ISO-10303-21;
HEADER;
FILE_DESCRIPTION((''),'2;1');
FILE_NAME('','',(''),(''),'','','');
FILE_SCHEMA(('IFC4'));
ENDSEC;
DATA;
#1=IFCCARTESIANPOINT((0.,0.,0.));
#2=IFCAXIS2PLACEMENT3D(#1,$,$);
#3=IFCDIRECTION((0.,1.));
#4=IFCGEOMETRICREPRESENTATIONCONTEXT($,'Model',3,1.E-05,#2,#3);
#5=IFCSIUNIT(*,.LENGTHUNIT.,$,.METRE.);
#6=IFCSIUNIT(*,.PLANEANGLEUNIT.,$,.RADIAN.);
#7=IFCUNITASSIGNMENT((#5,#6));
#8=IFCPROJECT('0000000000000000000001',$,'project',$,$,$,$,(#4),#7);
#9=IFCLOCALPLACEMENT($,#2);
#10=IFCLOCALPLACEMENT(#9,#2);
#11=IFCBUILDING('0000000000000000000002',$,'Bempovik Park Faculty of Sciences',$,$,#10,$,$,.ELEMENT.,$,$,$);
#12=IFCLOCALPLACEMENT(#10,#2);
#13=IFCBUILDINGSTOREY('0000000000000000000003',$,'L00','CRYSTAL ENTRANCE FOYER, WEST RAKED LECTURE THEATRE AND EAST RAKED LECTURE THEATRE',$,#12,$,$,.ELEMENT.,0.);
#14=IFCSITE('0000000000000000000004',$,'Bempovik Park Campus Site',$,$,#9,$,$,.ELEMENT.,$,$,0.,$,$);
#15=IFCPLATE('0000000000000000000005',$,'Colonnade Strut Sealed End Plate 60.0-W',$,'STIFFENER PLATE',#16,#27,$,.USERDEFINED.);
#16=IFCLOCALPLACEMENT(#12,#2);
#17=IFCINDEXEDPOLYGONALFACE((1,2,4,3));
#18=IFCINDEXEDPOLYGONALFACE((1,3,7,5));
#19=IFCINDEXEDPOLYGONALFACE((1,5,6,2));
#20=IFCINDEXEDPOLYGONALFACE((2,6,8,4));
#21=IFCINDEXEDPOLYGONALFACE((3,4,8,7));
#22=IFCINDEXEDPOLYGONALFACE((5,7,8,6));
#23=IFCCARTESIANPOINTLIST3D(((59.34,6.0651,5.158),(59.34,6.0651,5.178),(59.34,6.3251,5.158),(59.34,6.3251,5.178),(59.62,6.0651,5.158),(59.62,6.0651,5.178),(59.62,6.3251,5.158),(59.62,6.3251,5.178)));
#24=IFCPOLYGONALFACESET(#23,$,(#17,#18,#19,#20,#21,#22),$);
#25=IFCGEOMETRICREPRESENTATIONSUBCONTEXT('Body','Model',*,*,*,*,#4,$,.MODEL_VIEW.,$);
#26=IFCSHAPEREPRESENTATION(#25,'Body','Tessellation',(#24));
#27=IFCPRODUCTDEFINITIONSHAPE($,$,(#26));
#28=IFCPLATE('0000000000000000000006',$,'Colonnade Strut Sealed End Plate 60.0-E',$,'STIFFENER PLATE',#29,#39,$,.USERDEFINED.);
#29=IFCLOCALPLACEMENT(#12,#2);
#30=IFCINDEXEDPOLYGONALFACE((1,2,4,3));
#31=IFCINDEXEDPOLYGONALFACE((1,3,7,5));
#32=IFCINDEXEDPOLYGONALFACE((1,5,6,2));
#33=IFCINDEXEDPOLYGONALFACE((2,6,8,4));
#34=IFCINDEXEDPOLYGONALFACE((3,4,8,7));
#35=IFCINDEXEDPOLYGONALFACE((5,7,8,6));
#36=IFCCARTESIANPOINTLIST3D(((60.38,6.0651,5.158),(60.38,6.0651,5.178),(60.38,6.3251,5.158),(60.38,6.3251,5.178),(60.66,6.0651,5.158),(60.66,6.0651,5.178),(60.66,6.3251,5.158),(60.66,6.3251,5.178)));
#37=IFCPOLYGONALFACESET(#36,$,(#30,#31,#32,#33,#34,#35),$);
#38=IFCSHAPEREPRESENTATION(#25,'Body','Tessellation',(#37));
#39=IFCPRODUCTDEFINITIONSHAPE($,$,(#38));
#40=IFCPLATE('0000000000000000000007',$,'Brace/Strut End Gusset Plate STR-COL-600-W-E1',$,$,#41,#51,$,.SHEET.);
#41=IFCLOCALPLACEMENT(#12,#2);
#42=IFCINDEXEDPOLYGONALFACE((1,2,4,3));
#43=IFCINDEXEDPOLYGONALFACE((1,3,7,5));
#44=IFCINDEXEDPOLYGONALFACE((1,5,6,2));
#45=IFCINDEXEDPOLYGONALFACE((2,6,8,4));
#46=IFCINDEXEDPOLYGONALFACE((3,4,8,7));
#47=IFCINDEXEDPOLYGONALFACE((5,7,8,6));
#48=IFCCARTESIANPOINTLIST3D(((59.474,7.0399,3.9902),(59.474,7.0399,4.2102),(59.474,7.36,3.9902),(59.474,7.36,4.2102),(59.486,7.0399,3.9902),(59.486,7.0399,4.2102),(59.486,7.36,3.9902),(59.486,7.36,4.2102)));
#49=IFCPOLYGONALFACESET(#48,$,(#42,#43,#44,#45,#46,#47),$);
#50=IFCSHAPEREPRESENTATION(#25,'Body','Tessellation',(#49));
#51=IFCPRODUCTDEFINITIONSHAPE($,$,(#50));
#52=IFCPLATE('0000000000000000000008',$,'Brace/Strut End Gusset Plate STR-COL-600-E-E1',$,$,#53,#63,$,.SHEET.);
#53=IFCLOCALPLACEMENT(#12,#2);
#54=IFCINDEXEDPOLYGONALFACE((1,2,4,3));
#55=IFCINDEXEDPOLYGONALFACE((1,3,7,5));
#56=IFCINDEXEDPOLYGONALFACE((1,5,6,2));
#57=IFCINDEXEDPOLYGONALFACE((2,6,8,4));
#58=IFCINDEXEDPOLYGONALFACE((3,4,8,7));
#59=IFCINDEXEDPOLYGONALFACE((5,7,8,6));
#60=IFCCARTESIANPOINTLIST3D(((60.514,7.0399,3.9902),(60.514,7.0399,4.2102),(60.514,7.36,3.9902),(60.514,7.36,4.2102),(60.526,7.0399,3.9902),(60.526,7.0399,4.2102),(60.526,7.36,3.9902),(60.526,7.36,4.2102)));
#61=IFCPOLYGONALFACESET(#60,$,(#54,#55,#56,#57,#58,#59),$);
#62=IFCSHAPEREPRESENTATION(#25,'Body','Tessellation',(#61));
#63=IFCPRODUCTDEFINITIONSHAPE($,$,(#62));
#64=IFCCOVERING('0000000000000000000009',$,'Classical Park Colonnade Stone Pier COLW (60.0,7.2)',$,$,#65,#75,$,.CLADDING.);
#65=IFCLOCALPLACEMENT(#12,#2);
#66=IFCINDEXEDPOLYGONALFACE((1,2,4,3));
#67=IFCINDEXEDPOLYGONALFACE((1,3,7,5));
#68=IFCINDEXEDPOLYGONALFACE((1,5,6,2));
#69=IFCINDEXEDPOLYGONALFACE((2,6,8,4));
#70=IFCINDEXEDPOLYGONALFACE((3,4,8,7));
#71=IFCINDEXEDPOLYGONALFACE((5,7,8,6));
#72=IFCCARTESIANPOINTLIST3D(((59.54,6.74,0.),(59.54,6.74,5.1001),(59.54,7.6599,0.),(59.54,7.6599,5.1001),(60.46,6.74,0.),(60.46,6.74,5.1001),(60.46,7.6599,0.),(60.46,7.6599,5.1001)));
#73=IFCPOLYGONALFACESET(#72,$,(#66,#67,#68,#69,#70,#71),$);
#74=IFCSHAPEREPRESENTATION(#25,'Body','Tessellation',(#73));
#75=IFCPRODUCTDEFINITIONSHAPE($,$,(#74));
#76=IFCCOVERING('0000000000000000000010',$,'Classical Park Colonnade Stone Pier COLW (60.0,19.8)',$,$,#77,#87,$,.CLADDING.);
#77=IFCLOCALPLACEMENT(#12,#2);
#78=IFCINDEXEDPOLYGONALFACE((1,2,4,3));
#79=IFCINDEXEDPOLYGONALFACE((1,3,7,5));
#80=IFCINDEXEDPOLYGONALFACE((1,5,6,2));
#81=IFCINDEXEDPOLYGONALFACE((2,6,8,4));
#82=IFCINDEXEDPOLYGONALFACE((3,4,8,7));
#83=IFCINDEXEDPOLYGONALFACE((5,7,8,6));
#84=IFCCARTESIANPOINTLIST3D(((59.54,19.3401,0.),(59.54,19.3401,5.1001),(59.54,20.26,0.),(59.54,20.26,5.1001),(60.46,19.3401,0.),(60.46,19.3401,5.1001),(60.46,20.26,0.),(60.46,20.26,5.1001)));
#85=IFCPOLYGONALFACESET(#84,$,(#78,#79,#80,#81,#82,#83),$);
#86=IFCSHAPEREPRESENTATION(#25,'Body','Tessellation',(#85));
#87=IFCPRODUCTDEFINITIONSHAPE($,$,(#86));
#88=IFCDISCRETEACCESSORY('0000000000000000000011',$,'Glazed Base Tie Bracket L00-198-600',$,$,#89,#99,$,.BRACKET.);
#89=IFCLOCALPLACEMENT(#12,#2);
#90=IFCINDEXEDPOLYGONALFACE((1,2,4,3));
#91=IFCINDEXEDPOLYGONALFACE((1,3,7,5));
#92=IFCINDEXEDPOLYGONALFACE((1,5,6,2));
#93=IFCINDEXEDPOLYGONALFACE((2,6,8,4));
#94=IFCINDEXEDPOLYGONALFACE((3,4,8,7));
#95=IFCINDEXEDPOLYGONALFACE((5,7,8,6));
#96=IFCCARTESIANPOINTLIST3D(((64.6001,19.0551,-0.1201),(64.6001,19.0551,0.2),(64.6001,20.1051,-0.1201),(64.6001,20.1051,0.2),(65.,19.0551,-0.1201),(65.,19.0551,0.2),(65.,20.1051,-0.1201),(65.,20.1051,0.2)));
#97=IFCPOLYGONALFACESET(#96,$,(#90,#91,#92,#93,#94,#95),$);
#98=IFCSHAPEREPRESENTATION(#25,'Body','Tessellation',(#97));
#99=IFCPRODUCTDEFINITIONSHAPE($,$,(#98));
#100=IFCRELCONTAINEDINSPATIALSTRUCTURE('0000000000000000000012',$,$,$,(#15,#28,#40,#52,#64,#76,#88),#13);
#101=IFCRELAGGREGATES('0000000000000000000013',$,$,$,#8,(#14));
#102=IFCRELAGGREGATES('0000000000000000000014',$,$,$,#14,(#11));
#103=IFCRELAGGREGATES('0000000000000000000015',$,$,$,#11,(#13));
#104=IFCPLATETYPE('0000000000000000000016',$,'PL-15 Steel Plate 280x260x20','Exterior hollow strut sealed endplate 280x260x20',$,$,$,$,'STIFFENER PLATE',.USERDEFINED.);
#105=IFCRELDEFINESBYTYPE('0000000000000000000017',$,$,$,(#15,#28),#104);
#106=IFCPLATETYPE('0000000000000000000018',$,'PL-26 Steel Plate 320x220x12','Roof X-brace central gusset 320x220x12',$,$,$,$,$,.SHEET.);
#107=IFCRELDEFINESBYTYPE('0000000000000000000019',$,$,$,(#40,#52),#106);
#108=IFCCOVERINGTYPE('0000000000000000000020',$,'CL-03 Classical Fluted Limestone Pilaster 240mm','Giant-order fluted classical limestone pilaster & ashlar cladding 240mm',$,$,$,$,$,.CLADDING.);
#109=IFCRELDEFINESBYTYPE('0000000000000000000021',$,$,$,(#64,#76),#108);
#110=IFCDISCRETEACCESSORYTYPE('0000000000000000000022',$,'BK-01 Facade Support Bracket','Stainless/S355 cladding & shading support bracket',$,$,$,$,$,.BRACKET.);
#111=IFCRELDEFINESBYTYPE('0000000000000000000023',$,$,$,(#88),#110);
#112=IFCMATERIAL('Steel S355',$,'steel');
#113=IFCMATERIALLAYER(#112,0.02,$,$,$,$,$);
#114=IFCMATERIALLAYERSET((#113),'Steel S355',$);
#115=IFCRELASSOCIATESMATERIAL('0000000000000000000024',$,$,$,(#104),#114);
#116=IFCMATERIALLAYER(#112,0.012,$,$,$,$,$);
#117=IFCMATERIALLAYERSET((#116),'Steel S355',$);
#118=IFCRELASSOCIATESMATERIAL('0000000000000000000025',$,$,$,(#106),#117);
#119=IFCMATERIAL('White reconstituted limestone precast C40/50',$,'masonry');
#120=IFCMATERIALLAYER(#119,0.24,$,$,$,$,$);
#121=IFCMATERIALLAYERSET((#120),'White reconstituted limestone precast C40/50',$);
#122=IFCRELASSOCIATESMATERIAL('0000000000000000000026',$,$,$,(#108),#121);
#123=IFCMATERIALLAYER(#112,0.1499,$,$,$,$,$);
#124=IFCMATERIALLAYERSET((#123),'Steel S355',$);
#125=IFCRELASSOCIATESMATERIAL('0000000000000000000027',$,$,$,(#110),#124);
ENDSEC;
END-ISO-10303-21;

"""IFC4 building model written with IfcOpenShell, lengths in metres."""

from ifc_helpers import new_model, si_unit, direction, frame, origin, origin_2d, place, context, subcontext, project, spatial, rectangle, extrude, material, layer, layer_set, type_object, element, save


model = new_model("IFC4")

# Units and contexts
model_context = context("Model", 3, precision=1e-05, world=origin(), true_north=direction((0.0, 1.0)))
body_context = subcontext(model_context, "Body", "Model", "MODEL_VIEW")
ifc_project = project(units=[si_unit("LENGTHUNIT", "METRE"), si_unit("PLANEANGLEUNIT", "RADIAN")], contexts=[model_context])

# Site, building, storey
site_placement = place(None, origin())
site = spatial("IfcSite", under=ifc_project, at=site_placement, Name="Bempovik Park Campus Site", CompositionType="ELEMENT", RefElevation=0.0)
building_placement = place(site_placement, origin())
building = spatial("IfcBuilding", under=site, at=building_placement, Name="Bempovik Park Faculty of Sciences", CompositionType="ELEMENT")
storey_placement = place(building_placement, origin())
storey = spatial("IfcBuildingStorey", under=building, at=storey_placement, Name="L00", Description="CRYSTAL ENTRANCE FOYER, WEST RAKED LECTURE THEATRE AND EAST RAKED LECTURE THEATRE", CompositionType="ELEMENT", Elevation=0.0)

# Shared definitions
ifc_material_1 = material(Name="Steel S355", Category="steel")

# Plates
ifc_layer_1 = layer(ifc_material_1, 0.02)
ifc_layer_set_1 = layer_set([ifc_layer_1], Name="Steel S355")
plate_type_1 = type_object("IfcPlateType", Name="PL-15 Steel Plate 280x260x20", Description="Exterior hollow strut sealed endplate 280x260x20", ElementType="STIFFENER PLATE", PredefinedType="USERDEFINED", material=ifc_layer_set_1)
for number, where, z_axis, x_axis, name in (
    (1, (59.48, 6.1951, 5.158), (0.0, 0.0, 1.0), (1.0, 0.0, 0.0), "Colonnade Strut Sealed End Plate 60.0-W"),
    (2, (60.52, 6.1951, 5.158), (0.0, 0.0, 1.0), (1.0, 0.0, 0.0), "Colonnade Strut Sealed End Plate 60.0-E"),
):
    element("IfcPlate", number, at=place(storey_placement, frame(where, z_axis=z_axis, x_axis=x_axis)), inside=storey, type_object=plate_type_1, Name=name, ObjectType="STIFFENER PLATE", PredefinedType="USERDEFINED", context=body_context, shape_type="SweptSolid", body=[
        extrude(rectangle(XDim=0.28, YDim=0.26, at=origin_2d()), origin(), (0.0, 0.0, 1.0), 0.02),
    ])
ifc_layer_2 = layer(ifc_material_1, 0.012)
ifc_layer_set_2 = layer_set([ifc_layer_2], Name="Steel S355")
plate_type_2 = type_object("IfcPlateType", Name="PL-26 Steel Plate 320x220x12", Description="Roof X-brace central gusset 320x220x12", PredefinedType="SHEET", material=ifc_layer_set_2)
for number, where, z_axis, x_axis, name in (
    (3, (59.48, 7.2, 3.9902), (0.0, 0.0, 1.0), (1.0, 0.0, 0.0), "Brace/Strut End Gusset Plate STR-COL-600-W-E1"),
    (4, (60.52, 7.2, 3.9902), (0.0, 0.0, 1.0), (1.0, 0.0, 0.0), "Brace/Strut End Gusset Plate STR-COL-600-E-E1"),
):
    element("IfcPlate", number, at=place(storey_placement, frame(where, z_axis=z_axis, x_axis=x_axis)), inside=storey, type_object=plate_type_2, Name=name, PredefinedType="SHEET", context=body_context, shape_type="SweptSolid", body=[
        extrude(rectangle(XDim=0.012, YDim=0.3201, at=origin_2d()), origin(), (0.0, 0.0, 1.0), 0.22),
    ])

# Coverings
ifc_material_2 = material(Name="White reconstituted limestone precast C40/50", Category="masonry")
ifc_layer_3 = layer(ifc_material_2, 0.24)
ifc_layer_set_3 = layer_set([ifc_layer_3], Name="White reconstituted limestone precast C40/50")
covering_type = type_object("IfcCoveringType", Name="CL-03 Classical Fluted Limestone Pilaster 240mm", Description="Giant-order fluted classical limestone pilaster & ashlar cladding 240mm", PredefinedType="CLADDING", material=ifc_layer_set_3)
for number, where, z_axis, x_axis, name in (
    (5, (60.0, 7.2, 0.0), (0.0, 0.0, 1.0), (1.0, 0.0, 0.0), "Classical Park Colonnade Stone Pier COLW (60.0,7.2)"),
    (6, (60.0, 19.8, 0.0), (0.0, 0.0, 1.0), (1.0, 0.0, 0.0), "Classical Park Colonnade Stone Pier COLW (60.0,19.8)"),
):
    element("IfcCovering", number, at=place(storey_placement, frame(where, z_axis=z_axis, x_axis=x_axis)), inside=storey, type_object=covering_type, Name=name, PredefinedType="CLADDING", context=body_context, shape_type="SweptSolid", body=[
        extrude(rectangle(XDim=0.9199, YDim=0.9199, at=origin_2d()), origin(), (0.0, 0.0, 1.0), 5.1001),
    ])

# Discrete accessory
ifc_layer_4 = layer(ifc_material_1, 0.1499)
ifc_layer_set_4 = layer_set([ifc_layer_4], Name="Steel S355")
discrete_accessory_type = type_object("IfcDiscreteAccessoryType", Name="BK-01 Facade Support Bracket", Description="Stainless/S355 cladding & shading support bracket", PredefinedType="BRACKET", material=ifc_layer_set_4)
discrete_accessory_placement = place(storey_placement, frame((64.8, 19.5801, -0.1201), z_axis=(0.0, 0.0, 1.0), x_axis=(1.0, 0.0, 0.0)))
element("IfcDiscreteAccessory", 7, at=discrete_accessory_placement, inside=storey, type_object=discrete_accessory_type, Name="Glazed Base Tie Bracket L00-198-600", PredefinedType="BRACKET", context=body_context, shape_type="SweptSolid", body=[
    extrude(rectangle(XDim=0.3999, YDim=1.05, at=origin_2d()), origin(), (0.0, 0.0, 1.0), 0.3201),
])

save(model, "model.ifc")
